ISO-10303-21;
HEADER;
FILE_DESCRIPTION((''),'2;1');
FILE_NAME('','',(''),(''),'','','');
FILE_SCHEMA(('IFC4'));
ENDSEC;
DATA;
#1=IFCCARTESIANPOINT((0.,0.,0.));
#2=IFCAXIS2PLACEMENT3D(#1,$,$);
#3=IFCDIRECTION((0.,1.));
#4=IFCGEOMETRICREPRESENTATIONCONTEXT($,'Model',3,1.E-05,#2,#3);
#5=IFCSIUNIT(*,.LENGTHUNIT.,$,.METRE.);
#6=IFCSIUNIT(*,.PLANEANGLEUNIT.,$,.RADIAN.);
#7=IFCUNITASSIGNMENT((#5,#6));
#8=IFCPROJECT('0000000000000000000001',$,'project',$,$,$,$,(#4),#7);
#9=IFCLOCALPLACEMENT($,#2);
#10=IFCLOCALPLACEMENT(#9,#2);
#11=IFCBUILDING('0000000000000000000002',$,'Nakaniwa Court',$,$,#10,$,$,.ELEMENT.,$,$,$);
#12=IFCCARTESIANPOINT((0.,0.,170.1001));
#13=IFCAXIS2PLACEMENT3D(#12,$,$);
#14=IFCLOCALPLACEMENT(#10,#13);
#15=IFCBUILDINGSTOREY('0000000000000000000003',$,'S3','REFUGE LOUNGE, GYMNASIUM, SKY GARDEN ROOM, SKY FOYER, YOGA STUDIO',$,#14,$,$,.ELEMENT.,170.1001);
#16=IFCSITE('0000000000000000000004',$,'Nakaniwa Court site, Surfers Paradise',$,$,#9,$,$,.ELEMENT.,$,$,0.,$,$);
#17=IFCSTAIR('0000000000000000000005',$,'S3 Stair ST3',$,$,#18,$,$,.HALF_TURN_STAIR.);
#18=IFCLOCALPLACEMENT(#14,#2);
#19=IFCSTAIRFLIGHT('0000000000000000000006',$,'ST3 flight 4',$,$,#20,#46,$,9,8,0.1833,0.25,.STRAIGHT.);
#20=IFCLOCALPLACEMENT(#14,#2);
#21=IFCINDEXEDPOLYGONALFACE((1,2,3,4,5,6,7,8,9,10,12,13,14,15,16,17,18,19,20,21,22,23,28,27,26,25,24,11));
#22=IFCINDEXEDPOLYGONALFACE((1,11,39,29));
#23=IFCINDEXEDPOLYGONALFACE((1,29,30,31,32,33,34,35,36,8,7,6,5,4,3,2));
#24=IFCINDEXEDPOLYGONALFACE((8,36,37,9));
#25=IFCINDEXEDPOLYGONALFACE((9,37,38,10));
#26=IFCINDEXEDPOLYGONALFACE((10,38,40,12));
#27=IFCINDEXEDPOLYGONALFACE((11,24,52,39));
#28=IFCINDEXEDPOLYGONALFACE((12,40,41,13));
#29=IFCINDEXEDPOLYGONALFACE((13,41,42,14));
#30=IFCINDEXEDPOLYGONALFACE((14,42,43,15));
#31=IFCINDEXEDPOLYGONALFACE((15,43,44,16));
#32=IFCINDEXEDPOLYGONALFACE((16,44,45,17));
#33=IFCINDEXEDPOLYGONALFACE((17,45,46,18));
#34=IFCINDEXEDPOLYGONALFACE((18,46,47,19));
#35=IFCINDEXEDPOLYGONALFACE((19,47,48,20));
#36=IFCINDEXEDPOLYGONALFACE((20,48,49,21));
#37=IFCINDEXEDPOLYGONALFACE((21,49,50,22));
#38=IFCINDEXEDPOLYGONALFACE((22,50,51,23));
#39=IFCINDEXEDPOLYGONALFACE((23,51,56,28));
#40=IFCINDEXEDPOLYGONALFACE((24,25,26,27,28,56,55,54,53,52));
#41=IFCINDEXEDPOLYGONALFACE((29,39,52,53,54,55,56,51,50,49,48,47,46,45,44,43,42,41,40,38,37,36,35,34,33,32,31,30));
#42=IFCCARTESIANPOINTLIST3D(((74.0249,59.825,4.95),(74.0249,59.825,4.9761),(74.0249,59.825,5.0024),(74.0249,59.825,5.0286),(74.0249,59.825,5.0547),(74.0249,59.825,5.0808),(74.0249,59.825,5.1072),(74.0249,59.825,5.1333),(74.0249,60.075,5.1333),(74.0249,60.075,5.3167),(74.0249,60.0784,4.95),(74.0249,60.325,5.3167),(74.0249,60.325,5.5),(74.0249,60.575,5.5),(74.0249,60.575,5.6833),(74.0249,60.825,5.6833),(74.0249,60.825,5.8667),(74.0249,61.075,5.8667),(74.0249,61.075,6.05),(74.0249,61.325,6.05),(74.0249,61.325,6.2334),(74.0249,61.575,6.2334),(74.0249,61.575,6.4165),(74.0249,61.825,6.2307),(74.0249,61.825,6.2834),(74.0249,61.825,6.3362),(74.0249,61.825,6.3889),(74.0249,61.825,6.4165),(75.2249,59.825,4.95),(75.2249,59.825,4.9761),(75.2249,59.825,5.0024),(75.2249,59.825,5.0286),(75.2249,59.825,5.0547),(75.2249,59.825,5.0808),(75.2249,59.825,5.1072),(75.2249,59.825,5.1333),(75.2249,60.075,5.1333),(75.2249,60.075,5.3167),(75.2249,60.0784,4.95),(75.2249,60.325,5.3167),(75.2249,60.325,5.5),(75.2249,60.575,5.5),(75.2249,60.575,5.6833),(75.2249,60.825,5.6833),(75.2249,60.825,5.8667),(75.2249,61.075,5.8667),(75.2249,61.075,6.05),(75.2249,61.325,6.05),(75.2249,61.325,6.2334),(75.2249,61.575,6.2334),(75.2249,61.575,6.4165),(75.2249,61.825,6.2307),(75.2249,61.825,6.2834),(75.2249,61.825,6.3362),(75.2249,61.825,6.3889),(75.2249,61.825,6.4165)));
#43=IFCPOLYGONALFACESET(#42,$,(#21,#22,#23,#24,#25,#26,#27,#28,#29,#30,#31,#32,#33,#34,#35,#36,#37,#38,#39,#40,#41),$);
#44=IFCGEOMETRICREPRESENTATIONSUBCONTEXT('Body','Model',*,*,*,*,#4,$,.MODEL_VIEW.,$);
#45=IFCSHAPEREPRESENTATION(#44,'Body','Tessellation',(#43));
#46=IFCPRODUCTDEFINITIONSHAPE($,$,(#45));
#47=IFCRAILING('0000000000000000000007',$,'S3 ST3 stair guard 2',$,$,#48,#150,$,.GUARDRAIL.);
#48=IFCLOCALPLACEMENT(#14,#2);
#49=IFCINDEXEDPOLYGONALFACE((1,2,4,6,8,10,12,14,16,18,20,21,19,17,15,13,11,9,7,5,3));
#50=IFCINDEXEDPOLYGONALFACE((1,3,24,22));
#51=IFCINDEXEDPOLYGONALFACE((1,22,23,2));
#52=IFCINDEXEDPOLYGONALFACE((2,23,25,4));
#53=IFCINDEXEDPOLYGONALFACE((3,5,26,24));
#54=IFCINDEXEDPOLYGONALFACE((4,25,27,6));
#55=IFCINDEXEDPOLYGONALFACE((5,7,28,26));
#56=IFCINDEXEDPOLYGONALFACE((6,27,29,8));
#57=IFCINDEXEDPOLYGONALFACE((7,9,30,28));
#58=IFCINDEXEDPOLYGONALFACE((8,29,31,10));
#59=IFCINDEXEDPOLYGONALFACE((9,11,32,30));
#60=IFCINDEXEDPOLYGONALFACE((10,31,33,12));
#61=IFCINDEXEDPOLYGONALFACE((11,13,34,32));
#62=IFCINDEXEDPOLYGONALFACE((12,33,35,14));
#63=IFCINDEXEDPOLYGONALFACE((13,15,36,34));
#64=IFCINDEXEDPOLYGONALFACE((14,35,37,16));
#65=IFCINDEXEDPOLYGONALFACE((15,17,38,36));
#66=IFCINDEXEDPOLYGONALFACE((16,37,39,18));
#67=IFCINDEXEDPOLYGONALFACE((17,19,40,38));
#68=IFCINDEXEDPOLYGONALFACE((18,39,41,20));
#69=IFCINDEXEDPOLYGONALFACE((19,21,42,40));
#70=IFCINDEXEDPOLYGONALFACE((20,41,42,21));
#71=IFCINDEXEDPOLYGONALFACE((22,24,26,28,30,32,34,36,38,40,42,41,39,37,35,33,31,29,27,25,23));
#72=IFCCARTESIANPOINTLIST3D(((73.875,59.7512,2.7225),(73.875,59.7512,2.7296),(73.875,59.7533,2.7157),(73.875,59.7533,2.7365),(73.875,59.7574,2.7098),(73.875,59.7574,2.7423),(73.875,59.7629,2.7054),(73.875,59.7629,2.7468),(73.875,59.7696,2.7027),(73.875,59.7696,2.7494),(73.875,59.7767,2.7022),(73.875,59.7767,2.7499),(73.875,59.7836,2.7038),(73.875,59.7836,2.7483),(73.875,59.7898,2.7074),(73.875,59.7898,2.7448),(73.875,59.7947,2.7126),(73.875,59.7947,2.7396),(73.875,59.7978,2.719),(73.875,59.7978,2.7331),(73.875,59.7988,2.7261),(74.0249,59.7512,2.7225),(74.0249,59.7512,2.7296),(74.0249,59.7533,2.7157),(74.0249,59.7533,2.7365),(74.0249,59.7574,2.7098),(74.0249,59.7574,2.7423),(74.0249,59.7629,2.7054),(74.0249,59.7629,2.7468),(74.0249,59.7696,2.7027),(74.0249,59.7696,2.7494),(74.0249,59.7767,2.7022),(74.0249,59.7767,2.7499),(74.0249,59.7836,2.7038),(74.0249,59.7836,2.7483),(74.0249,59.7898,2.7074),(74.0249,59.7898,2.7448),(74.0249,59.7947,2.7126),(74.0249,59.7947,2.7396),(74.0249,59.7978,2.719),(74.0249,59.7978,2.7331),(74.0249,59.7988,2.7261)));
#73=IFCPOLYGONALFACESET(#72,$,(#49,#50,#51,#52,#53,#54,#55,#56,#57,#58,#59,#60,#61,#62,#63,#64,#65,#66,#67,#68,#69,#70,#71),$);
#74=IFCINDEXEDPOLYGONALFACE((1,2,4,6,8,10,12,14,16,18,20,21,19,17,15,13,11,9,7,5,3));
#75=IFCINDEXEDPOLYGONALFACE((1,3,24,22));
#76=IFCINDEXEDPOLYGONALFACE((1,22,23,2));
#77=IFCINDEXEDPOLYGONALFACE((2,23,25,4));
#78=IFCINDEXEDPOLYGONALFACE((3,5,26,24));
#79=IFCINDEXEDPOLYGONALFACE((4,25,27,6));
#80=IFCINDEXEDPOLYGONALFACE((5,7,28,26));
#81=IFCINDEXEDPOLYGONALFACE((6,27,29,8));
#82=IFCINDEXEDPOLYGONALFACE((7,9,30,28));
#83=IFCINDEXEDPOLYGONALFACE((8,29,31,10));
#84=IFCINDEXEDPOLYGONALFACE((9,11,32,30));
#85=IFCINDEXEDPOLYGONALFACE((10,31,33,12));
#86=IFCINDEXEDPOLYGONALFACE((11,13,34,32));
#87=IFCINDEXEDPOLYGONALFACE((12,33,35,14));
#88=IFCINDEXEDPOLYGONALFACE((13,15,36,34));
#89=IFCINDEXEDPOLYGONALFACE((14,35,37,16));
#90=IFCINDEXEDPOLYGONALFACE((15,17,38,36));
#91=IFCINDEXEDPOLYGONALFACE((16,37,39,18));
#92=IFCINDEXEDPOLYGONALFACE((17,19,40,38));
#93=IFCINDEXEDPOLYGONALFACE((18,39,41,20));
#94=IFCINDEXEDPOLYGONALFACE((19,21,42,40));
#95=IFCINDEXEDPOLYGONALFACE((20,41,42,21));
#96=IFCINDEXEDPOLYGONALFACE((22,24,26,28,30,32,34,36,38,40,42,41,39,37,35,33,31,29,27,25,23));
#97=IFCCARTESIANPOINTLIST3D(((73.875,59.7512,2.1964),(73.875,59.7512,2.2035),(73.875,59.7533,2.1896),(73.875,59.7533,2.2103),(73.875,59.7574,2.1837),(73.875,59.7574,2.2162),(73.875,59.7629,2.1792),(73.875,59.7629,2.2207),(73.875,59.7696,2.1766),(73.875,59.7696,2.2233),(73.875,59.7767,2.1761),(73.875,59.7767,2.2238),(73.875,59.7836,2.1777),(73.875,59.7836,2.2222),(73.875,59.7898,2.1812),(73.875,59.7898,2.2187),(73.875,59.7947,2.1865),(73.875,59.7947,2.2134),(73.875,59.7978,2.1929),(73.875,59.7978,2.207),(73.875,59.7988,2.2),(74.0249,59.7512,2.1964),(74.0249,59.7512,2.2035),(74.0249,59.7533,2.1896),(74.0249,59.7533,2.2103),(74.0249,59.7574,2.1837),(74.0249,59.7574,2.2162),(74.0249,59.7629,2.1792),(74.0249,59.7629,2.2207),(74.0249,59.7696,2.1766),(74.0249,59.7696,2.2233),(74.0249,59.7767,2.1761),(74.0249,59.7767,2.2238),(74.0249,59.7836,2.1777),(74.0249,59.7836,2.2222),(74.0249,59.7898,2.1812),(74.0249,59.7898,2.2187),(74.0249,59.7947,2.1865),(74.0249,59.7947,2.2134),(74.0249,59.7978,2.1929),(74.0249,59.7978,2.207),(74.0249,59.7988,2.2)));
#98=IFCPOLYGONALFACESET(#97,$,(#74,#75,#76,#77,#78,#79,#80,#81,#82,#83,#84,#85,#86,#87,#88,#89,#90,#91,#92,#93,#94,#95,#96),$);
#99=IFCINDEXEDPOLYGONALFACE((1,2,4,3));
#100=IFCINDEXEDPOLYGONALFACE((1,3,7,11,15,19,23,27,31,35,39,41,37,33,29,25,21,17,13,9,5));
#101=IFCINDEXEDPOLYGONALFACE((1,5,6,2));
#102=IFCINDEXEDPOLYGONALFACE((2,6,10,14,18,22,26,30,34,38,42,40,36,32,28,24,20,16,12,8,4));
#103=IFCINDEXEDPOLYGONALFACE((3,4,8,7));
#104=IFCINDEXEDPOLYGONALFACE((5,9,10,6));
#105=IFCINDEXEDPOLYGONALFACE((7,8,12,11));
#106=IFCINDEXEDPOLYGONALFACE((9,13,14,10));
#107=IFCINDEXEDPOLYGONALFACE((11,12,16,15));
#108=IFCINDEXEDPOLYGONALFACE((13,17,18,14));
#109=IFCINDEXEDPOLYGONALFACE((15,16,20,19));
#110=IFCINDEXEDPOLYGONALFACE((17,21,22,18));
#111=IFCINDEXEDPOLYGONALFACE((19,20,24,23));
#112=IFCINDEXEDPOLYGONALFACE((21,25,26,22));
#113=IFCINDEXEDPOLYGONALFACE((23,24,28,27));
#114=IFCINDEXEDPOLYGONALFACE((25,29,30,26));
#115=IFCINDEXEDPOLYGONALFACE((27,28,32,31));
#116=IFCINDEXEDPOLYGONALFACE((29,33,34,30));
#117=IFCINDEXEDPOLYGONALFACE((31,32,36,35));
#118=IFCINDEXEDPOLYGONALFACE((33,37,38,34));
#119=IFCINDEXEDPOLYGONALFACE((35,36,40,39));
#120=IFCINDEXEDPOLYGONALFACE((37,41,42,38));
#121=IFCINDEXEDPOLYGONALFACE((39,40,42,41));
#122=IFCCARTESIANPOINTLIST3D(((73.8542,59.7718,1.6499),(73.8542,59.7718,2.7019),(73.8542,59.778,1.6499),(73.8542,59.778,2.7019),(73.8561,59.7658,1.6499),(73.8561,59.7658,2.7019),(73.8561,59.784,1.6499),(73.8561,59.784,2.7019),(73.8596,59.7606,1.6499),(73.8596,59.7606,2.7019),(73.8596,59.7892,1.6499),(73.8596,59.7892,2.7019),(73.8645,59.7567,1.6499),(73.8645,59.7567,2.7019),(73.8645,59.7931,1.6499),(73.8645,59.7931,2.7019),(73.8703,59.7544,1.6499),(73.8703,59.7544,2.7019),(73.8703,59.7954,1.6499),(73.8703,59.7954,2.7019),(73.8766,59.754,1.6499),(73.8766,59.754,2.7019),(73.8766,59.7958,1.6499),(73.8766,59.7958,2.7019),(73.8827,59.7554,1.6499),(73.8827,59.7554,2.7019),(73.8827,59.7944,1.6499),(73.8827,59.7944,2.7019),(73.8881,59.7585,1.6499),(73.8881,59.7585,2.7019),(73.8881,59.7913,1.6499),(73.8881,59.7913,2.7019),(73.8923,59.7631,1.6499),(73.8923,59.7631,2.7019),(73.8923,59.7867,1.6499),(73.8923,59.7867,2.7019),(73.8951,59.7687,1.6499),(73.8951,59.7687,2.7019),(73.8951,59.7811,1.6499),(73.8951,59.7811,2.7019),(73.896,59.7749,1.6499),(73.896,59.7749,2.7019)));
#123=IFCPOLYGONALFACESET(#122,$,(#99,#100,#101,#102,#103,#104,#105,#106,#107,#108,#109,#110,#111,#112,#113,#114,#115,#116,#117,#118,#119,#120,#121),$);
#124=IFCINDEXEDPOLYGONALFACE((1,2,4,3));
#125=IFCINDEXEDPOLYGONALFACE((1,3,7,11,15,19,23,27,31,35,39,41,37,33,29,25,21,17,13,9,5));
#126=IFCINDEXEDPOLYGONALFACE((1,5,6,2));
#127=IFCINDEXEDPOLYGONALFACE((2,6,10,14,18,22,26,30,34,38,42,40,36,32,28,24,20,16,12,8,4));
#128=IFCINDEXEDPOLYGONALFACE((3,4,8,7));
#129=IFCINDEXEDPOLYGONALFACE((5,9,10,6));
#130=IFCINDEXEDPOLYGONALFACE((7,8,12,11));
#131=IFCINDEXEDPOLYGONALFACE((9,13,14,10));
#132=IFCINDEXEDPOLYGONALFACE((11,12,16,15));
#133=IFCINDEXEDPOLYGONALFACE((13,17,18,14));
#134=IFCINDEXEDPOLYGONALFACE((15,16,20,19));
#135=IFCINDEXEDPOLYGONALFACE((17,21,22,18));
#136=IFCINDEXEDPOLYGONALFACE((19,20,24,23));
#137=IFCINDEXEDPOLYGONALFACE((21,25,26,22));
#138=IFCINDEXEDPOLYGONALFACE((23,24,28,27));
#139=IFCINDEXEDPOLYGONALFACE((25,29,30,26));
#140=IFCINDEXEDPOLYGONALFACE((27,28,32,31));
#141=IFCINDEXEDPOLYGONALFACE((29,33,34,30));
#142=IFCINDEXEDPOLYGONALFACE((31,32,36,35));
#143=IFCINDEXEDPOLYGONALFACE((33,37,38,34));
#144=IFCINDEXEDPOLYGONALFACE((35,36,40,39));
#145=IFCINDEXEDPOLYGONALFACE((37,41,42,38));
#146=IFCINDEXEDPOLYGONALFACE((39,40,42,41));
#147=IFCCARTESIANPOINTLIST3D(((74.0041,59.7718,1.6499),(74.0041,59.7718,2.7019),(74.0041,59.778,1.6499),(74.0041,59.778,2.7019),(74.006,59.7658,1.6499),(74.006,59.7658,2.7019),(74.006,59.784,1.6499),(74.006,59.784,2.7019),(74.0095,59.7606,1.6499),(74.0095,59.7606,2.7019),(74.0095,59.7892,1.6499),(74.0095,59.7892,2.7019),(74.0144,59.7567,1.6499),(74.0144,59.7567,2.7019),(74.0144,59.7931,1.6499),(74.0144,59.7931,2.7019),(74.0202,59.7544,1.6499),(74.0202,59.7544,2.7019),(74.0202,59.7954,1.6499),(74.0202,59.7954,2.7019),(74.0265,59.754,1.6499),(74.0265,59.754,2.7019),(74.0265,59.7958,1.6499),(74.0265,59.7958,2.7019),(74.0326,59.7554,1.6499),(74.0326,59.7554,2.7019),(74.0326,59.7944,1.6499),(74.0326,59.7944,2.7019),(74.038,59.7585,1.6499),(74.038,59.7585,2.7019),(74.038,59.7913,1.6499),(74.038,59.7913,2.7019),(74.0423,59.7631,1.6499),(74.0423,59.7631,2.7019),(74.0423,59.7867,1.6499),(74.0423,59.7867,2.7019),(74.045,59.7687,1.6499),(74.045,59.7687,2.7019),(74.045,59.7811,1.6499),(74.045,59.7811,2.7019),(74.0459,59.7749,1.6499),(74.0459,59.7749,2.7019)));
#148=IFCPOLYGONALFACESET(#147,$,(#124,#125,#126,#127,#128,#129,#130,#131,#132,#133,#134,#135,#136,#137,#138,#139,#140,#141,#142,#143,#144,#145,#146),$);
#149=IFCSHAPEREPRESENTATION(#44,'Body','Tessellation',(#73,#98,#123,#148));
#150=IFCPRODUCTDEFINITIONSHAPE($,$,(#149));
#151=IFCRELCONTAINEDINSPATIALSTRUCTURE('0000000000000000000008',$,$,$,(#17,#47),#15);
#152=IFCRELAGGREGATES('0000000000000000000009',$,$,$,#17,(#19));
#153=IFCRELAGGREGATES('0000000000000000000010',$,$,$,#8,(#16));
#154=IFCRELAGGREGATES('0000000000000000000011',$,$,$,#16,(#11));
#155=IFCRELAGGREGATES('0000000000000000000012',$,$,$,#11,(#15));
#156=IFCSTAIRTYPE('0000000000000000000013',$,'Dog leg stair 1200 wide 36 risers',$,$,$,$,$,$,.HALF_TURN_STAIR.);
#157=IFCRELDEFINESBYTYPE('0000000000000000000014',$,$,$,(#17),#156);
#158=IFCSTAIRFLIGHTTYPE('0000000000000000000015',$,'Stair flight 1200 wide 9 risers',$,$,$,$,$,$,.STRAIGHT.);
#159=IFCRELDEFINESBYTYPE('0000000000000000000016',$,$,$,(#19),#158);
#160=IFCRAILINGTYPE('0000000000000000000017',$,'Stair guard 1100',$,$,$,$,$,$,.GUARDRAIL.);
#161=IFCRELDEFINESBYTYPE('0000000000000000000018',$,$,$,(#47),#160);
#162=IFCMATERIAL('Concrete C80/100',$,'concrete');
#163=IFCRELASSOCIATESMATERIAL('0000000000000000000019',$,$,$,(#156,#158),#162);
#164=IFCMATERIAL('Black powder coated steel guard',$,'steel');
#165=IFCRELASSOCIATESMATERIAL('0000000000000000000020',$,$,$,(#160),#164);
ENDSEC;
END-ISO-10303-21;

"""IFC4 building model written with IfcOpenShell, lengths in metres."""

from ifc_helpers import new_model, si_unit, direction, frame, origin, origin_2d, place, context, subcontext, project, spatial, polyline, circle, outline, extrude, material, type_object, element, aggregate, save


model = new_model("IFC4")

# Units and contexts
model_context = context("Model", 3, precision=1e-05, world=origin(), true_north=direction((0.0, 1.0)))
body_context = subcontext(model_context, "Body", "Model", "MODEL_VIEW")
ifc_project = project(units=[si_unit("LENGTHUNIT", "METRE"), si_unit("PLANEANGLEUNIT", "RADIAN")], contexts=[model_context])

# Site, building, storey
site_placement = place(None, origin())
site = spatial("IfcSite", under=ifc_project, at=site_placement, Name="Nakaniwa Court site, Surfers Paradise", CompositionType="ELEMENT", RefElevation=0.0)
building_placement = place(site_placement, origin())
building = spatial("IfcBuilding", under=site, at=building_placement, Name="Nakaniwa Court", CompositionType="ELEMENT")
storey_placement = place(building_placement, frame((0.0, 0.0, 170.1001)))
storey = spatial("IfcBuildingStorey", under=building, at=storey_placement, Name="S3", Description="REFUGE LOUNGE, GYMNASIUM, SKY GARDEN ROOM, SKY FOYER, YOGA STUDIO", CompositionType="ELEMENT", Elevation=170.1001)

# Shared definitions
ifc_material_1 = material(Name="Concrete C80/100", Category="concrete")

# Stair, stair flight
stair_type = type_object("IfcStairType", Name="Dog leg stair 1200 wide 36 risers", PredefinedType="HALF_TURN_STAIR", material=ifc_material_1)
stair_placement = place(storey_placement, origin())
stair = element("IfcStair", 1, at=stair_placement, inside=storey, type_object=stair_type, Name="S3 Stair ST3", PredefinedType="HALF_TURN_STAIR")
stair_flight_type = type_object("IfcStairFlightType", Name="Stair flight 1200 wide 9 risers", PredefinedType="STRAIGHT", material=ifc_material_1)
stair_flight_1_placement = place(storey_placement, frame((74.625, 59.825, 4.95), z_axis=(0.0, 0.0, 1.0), x_axis=(0.0, 1.0, 0.0)))
stair_flight_1 = element("IfcStairFlight", 2, at=stair_flight_1_placement, type_object=stair_flight_type, Name="ST3 flight 4", NumberOfRisers=9, NumberOfTreads=8, PredefinedType="STRAIGHT", RiserHeight=0.1833, TreadLength=0.25, context=body_context, shape_type="SweptSolid", body=[
    extrude(outline(polyline([(0.0, 0.0), (0.0, 0.0261), (0.0, 0.0525), (0.0, 0.0786), (0.0, 0.1047), (0.0, 0.1309), (0.0, 0.1572), (0.0, 0.1833), (0.25, 0.1833), (0.25, 0.3667), (0.5, 0.3667), (0.5, 0.55), (0.75, 0.55), (0.75, 0.7334), (1.0, 0.7334), (1.0, 0.9167), (1.25, 0.9167), (1.25, 1.1001), (1.5, 1.1001), (1.5, 1.2834), (1.75, 1.2834), (1.75, 1.4666), (2.0, 1.4666), (2.0, 1.6499), (2.0, 1.5972), (2.0, 1.5444), (2.0, 1.4917), (2.0, 1.439), (2.0, 1.3862), (2.0, 1.3335), (2.0, 1.2808), (0.2534, 0.0), (0.0, 0.0)])), frame((0.0, 0.6001, 0.0), z_axis=(0.0, -1.0, 0.0), x_axis=(1.0, 0.0, 0.0)), (0.0, 0.0, 1.0), 1.2),
])
aggregate(stair, [stair_flight_1])

# Railing
ifc_material_2 = material(Name="Black powder coated steel guard", Category="steel")
railing_type_1 = type_object("IfcRailingType", Name="Stair guard 1100", PredefinedType="GUARDRAIL", material=ifc_material_2)
railing_1_placement = place(storey_placement, frame((73.875, 59.7749, 1.6499)))
element("IfcRailing", 3, at=railing_1_placement, inside=storey, type_object=railing_type_1, Name="S3 ST3 stair guard 2", PredefinedType="GUARDRAIL", context=body_context, shape_type="SweptSolid", body=[
    extrude(circle(Radius=0.0239, at=origin_2d()), frame((0.0, 0.0, 1.0762), z_axis=(1.0, 0.0, 0.0), x_axis=(0.0, 1.0, 0.0)), (0.0, 0.0, 1.0), 0.1499),
    extrude(circle(Radius=0.0239, at=origin_2d()), frame((0.0, 0.0, 0.55), z_axis=(1.0, 0.0, 0.0), x_axis=(0.0, 1.0, 0.0)), (0.0, 0.0, 1.0), 0.1499),
    extrude(circle(Radius=0.021, at=origin_2d()), origin(), (0.0, 0.0, 1.0), 1.052),
    extrude(circle(Radius=0.021, at=origin_2d()), frame((0.1499, 0.0, 0.0)), (0.0, 0.0, 1.0), 1.052),
])

save(model, "model.ifc")
